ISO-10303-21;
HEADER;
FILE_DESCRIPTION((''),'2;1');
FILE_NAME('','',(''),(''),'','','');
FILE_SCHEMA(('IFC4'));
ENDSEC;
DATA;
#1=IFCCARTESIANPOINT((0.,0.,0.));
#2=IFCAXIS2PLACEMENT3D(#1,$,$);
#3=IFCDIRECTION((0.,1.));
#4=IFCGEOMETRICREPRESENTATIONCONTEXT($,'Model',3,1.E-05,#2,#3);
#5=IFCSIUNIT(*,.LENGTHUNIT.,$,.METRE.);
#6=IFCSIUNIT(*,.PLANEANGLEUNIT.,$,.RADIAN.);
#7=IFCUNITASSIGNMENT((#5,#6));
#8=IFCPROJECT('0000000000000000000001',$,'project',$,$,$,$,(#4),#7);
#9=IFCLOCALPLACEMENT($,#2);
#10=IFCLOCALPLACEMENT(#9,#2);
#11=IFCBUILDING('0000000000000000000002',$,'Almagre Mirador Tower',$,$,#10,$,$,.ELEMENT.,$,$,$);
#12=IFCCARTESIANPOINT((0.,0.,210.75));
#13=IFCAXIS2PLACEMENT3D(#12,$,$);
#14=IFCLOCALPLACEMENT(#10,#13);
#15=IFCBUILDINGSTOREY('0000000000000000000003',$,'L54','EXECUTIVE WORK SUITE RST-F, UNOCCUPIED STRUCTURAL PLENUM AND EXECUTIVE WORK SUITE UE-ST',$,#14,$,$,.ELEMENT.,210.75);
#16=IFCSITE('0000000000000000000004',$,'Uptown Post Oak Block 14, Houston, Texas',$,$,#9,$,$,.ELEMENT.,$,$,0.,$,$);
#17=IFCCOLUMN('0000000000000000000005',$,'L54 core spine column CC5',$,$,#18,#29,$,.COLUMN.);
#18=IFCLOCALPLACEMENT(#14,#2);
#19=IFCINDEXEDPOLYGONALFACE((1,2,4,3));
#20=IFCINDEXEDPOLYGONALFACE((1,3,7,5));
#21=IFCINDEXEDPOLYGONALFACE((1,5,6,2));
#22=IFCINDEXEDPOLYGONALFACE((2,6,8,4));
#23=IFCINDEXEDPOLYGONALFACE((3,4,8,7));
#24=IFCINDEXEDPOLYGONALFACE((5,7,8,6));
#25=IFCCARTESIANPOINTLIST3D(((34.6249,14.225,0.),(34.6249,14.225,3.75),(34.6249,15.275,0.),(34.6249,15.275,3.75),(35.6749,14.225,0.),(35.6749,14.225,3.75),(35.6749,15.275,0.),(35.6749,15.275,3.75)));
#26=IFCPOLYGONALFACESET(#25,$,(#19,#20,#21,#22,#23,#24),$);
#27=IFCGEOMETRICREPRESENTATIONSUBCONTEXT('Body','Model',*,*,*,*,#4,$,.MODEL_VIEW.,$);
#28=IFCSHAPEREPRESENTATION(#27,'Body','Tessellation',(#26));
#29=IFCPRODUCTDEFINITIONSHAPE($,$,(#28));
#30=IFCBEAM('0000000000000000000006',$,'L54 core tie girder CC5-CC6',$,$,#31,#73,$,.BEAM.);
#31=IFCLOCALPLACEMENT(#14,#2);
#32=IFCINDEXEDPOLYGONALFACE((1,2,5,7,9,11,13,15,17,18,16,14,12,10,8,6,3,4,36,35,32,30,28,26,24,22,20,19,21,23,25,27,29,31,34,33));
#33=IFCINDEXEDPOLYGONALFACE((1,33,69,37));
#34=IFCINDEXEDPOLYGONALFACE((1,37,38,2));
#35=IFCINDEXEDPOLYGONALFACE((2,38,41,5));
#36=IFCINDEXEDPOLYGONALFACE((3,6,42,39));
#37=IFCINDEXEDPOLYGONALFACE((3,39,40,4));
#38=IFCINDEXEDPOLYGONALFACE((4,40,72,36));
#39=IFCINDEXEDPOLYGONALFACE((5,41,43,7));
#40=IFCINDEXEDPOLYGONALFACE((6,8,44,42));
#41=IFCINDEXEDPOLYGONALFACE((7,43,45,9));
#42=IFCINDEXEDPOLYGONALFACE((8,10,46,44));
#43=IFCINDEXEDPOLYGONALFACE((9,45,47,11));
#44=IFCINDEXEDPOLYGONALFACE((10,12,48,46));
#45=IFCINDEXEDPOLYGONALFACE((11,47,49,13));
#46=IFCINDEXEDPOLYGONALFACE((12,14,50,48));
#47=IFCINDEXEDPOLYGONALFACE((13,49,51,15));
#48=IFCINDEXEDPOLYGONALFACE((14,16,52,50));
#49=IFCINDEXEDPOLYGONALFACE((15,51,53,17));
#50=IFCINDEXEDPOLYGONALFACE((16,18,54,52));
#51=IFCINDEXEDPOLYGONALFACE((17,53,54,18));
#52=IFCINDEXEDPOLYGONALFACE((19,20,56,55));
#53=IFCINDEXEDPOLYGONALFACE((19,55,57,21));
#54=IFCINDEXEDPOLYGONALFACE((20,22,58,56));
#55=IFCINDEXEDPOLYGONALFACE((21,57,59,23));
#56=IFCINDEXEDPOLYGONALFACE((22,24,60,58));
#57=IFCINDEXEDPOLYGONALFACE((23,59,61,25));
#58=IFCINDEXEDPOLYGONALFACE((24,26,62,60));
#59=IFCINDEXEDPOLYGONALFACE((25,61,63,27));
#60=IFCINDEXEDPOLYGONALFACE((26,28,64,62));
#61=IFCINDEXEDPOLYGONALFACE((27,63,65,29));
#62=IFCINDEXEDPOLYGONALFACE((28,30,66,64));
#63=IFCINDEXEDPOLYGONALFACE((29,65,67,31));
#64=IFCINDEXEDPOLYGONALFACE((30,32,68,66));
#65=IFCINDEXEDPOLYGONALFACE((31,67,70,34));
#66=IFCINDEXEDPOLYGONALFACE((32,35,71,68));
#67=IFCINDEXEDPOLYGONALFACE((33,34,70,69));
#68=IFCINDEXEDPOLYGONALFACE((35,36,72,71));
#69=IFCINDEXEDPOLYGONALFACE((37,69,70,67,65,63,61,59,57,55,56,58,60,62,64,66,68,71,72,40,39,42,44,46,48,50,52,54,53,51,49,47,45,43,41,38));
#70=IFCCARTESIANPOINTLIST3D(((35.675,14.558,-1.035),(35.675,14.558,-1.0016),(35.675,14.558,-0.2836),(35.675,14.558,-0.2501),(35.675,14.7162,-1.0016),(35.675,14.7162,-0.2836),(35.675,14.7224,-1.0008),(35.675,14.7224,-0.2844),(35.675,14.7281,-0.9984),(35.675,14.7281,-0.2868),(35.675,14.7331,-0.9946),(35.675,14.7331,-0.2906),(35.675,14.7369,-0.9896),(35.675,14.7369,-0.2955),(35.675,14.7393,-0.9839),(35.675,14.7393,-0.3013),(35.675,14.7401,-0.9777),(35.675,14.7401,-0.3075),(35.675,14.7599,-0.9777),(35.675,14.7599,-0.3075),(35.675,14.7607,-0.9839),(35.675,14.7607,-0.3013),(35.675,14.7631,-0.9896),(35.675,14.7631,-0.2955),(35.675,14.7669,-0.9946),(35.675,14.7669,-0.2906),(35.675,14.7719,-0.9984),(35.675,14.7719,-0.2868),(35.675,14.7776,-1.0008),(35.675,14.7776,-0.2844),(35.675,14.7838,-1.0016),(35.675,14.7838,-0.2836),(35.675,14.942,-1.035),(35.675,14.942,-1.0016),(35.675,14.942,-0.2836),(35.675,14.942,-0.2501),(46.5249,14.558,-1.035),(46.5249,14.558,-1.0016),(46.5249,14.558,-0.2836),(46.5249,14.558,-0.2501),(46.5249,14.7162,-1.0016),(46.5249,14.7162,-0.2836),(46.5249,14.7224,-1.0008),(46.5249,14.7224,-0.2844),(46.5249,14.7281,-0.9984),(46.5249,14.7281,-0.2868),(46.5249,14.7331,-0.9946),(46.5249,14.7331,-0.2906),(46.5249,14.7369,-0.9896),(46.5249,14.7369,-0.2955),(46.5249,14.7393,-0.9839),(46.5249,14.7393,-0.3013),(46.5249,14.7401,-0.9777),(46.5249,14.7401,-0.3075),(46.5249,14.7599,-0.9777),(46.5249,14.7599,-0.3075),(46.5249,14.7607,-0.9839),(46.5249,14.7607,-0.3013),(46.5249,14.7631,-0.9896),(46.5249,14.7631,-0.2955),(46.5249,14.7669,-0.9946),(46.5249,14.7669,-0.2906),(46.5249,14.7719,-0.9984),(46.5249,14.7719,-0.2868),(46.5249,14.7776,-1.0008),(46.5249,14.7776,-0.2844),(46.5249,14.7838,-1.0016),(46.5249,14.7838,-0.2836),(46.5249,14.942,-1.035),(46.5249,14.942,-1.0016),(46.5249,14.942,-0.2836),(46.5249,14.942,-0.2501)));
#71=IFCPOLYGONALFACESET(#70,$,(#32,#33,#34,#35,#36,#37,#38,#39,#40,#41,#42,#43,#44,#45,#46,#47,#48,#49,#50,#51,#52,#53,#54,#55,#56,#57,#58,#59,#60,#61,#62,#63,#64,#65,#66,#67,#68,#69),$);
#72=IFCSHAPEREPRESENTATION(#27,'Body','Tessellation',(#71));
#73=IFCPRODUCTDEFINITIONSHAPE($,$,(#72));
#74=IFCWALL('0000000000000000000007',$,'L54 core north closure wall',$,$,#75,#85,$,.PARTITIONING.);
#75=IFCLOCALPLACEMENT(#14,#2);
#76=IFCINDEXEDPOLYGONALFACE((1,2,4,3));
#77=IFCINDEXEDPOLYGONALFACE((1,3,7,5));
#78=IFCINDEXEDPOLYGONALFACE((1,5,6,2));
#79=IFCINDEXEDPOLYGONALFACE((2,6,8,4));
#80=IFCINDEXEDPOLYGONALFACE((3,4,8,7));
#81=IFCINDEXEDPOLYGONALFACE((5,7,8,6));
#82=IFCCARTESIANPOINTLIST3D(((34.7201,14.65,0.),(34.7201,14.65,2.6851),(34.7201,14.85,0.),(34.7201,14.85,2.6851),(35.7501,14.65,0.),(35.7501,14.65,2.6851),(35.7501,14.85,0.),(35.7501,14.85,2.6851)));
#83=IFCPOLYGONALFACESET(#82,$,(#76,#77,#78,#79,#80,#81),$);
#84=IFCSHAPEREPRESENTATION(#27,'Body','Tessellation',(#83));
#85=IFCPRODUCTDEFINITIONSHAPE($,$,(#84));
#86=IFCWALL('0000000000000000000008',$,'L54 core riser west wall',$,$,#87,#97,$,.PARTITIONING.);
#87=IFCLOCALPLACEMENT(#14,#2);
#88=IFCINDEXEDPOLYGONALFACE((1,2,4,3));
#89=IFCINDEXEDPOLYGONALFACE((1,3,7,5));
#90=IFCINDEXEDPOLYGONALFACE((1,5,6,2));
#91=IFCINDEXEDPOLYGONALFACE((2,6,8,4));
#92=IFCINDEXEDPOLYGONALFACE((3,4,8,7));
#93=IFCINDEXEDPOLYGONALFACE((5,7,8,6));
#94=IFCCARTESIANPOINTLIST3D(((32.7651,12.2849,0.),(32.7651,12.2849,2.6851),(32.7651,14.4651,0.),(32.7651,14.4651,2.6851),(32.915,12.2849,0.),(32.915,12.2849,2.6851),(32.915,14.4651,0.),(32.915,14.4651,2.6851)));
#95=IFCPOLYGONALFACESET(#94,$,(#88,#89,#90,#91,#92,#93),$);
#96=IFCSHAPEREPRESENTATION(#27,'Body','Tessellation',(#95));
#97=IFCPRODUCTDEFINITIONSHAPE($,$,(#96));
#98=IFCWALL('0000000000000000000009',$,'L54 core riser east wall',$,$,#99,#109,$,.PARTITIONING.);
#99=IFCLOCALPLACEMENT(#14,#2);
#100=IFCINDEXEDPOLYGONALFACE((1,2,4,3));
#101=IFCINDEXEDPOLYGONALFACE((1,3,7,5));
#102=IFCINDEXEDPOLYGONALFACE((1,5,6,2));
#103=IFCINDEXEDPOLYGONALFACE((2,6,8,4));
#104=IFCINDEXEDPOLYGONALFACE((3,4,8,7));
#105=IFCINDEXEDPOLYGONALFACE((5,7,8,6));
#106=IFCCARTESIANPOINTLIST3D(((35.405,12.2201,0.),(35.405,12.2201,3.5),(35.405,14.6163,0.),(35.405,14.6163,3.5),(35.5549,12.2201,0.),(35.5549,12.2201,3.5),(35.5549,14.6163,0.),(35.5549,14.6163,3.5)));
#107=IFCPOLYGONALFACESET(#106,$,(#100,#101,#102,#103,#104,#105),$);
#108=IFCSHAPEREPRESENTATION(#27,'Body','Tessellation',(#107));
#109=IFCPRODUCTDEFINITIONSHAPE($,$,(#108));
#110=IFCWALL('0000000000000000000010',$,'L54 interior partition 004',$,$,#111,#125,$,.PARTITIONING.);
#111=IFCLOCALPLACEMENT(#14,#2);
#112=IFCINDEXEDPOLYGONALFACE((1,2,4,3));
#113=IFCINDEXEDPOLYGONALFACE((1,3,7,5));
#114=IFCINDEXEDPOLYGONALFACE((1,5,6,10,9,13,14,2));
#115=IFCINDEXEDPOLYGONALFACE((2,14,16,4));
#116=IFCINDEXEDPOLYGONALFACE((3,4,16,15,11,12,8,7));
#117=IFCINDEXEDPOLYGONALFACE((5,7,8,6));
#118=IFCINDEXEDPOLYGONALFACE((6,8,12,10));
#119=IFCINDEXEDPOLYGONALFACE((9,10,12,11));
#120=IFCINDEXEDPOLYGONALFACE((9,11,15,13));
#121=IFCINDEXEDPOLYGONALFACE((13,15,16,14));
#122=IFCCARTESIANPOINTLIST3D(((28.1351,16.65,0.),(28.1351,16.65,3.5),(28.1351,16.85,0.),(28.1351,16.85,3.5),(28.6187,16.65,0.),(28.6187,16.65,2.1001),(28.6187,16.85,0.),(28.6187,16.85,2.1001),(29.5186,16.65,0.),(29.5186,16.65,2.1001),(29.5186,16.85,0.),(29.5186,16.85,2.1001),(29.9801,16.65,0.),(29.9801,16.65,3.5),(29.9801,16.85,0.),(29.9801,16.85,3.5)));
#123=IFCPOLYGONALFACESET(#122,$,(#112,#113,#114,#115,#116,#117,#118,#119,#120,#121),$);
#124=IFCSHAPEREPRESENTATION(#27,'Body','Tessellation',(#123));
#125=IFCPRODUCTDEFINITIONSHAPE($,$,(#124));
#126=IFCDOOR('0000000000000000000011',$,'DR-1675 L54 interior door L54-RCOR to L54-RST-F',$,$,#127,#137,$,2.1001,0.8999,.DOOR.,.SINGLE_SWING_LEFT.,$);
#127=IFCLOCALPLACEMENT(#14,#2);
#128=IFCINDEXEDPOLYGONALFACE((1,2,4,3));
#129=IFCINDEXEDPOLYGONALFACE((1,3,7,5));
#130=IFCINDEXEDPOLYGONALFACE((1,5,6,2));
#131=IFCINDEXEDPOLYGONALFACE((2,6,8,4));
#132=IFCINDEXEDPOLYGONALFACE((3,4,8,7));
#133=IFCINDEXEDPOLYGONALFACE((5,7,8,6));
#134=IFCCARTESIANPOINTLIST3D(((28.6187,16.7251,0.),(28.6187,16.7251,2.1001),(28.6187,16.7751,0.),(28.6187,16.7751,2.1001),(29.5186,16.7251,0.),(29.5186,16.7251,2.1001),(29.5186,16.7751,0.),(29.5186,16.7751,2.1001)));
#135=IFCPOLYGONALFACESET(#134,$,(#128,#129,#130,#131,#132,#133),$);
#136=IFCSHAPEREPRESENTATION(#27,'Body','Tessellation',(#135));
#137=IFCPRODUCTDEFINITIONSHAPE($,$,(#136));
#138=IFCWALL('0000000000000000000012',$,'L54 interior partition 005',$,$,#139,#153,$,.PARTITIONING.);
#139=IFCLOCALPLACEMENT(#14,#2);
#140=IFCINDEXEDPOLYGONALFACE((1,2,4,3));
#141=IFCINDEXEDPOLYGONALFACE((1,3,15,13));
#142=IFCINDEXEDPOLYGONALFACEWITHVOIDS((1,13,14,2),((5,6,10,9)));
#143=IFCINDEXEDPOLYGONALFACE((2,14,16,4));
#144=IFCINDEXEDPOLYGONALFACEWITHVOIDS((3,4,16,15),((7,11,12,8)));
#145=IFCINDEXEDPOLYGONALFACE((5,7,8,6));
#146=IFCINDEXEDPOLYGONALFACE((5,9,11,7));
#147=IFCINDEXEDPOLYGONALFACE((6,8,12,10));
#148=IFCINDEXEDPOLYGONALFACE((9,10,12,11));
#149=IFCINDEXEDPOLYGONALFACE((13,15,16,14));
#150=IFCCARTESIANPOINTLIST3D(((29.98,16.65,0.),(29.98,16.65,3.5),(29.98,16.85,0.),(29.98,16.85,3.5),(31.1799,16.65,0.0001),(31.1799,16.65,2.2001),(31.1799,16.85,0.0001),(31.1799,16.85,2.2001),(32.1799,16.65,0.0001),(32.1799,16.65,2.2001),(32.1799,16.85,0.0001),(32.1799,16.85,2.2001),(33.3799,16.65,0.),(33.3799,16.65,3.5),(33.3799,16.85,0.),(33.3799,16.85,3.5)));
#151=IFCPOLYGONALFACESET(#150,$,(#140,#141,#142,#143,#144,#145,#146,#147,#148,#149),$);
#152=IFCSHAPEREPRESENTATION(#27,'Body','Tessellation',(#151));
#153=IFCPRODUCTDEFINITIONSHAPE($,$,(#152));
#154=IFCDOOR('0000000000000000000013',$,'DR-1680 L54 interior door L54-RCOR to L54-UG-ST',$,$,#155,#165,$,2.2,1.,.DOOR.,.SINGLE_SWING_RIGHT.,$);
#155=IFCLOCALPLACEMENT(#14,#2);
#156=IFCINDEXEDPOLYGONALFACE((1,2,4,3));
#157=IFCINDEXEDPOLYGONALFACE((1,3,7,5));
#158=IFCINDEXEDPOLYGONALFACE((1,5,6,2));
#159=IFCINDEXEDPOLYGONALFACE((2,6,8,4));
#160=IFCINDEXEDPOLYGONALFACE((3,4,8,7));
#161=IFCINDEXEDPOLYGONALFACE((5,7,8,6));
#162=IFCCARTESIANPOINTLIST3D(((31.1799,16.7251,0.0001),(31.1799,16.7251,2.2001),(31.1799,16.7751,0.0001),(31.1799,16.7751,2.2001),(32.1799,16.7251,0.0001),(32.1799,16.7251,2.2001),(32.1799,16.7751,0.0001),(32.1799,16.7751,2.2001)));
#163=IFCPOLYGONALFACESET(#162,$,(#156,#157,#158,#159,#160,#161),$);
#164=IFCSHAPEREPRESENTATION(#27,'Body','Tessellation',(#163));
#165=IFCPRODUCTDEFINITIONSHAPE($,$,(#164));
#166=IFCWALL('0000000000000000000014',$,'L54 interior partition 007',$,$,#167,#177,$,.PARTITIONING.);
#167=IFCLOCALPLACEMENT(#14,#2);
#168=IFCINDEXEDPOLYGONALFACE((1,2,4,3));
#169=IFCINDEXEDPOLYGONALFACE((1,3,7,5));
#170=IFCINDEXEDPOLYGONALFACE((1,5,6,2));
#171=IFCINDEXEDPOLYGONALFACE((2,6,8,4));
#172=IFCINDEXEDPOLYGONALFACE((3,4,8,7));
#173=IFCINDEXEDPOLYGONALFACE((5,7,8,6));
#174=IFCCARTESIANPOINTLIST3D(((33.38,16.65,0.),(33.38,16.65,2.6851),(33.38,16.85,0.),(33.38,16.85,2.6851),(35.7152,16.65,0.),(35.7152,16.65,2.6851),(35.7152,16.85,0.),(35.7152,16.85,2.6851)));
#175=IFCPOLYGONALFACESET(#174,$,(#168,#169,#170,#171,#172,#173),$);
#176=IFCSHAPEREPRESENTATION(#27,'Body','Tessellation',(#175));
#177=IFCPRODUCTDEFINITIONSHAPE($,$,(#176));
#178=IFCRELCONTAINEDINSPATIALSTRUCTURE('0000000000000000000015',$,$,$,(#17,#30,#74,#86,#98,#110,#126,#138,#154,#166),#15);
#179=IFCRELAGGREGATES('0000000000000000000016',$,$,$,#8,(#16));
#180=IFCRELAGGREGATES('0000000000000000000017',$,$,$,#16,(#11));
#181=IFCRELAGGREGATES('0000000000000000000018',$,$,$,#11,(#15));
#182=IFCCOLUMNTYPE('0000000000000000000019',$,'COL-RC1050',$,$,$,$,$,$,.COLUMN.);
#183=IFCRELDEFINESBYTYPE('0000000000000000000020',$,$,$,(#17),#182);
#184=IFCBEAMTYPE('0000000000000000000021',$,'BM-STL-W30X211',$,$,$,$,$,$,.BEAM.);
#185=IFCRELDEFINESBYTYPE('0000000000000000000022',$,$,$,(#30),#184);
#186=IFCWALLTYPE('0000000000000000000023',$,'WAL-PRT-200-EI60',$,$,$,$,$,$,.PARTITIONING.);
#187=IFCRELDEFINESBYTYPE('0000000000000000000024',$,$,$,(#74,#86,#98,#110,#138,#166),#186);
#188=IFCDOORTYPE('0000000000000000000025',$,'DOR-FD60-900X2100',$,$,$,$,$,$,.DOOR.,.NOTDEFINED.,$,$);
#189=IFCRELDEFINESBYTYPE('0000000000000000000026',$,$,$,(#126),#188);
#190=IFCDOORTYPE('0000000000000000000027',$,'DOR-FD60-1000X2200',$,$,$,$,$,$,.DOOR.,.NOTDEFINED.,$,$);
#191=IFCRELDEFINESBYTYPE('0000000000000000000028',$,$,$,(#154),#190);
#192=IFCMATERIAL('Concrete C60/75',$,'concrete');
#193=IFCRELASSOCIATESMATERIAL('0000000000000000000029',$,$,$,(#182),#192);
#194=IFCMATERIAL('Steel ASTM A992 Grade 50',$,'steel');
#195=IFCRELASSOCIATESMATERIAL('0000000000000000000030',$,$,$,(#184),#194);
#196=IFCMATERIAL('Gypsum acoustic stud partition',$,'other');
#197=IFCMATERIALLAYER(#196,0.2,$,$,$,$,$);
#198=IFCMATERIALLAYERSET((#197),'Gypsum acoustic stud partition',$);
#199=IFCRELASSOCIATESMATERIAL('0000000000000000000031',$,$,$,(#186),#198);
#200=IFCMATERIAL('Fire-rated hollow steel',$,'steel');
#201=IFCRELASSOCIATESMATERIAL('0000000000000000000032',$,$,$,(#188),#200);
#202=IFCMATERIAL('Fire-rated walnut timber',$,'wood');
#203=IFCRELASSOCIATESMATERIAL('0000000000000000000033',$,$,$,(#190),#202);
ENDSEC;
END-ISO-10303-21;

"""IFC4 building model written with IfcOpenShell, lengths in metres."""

from ifc_helpers import new_model, si_unit, direction, frame, frame_2d, origin, origin_2d, place, context, subcontext, project, spatial, rectangle, i_section, extrude, material, layer, layer_set, material_profile, profile_set, type_object, element, fill, save


model = new_model("IFC4")

# Units and contexts
model_context = context("Model", 3, precision=1e-05, world=origin(), true_north=direction((0.0, 1.0)))
body_context = subcontext(model_context, "Body", "Model", "MODEL_VIEW")
ifc_project = project(units=[si_unit("LENGTHUNIT", "METRE"), si_unit("PLANEANGLEUNIT", "RADIAN")], contexts=[model_context])

# Site, building, storey
site_placement = place(None, origin())
site = spatial("IfcSite", under=ifc_project, at=site_placement, Name="Uptown Post Oak Block 14, Houston, Texas", CompositionType="ELEMENT", RefElevation=0.0)
building_placement = place(site_placement, origin())
building = spatial("IfcBuilding", under=site, at=building_placement, Name="Almagre Mirador Tower", CompositionType="ELEMENT")
storey_placement = place(building_placement, frame((0.0, 0.0, 210.75)))
storey = spatial("IfcBuildingStorey", under=building, at=storey_placement, Name="L54", Description="EXECUTIVE WORK SUITE RST-F, UNOCCUPIED STRUCTURAL PLENUM AND EXECUTIVE WORK SUITE UE-ST", CompositionType="ELEMENT", Elevation=210.75)

# Column
ifc_material_1 = material(Name="Concrete C60/75", Category="concrete")
ifc_material_profile_1 = material_profile(ifc_material_1, rectangle(XDim=1.05, YDim=1.05, at=origin_2d()), Name="RC1050X1050")
ifc_profile_set_1 = profile_set([ifc_material_profile_1], Name="Concrete C60/75")
column_type = type_object("IfcColumnType", Name="COL-RC1050", PredefinedType="COLUMN", material=ifc_profile_set_1)
column_placement = place(storey_placement, frame((35.1499, 14.75, 0.0), z_axis=(0.0, 0.0, 1.0), x_axis=(1.0, 0.0, 0.0)))
element("IfcColumn", 1, at=column_placement, inside=storey, type_object=column_type, Name="L54 core spine column CC5", PredefinedType="COLUMN", context=body_context, shape_type="SweptSolid", body=[
    extrude(rectangle(XDim=1.05, YDim=1.05, at=origin_2d()), origin(), (0.0, 0.0, 1.0), 3.75),
])

# Beam
ifc_material_2 = material(Name="Steel ASTM A992 Grade 50", Category="steel")
ifc_material_profile_2 = material_profile(ifc_material_2, i_section(OverallWidth=0.384, OverallDepth=0.7849, WebThickness=0.0198, FlangeThickness=0.0334, FilletRadius=0.0239, at=origin_2d()), Name="W30X211")
ifc_profile_set_2 = profile_set([ifc_material_profile_2], Name="Steel ASTM A992 Grade 50")
beam_type = type_object("IfcBeamType", Name="BM-STL-W30X211", PredefinedType="BEAM", material=ifc_profile_set_2)
beam_placement = place(storey_placement, frame((35.675, 14.75, -0.6426), z_axis=(1.0, 0.0, 0.0), x_axis=(0.0, 1.0, 0.0)))
element("IfcBeam", 2, at=beam_placement, inside=storey, type_object=beam_type, Name="L54 core tie girder CC5-CC6", PredefinedType="BEAM", context=body_context, shape_type="SweptSolid", body=[
    extrude(i_section(OverallWidth=0.384, OverallDepth=0.7849, WebThickness=0.0198, FlangeThickness=0.0334, FilletRadius=0.0239, at=origin_2d()), origin(), (0.0, 0.0, 1.0), 10.8499),
])

# Wall
ifc_material_3 = material(Name="Gypsum acoustic stud partition", Category="other")
ifc_layer_1 = layer(ifc_material_3, 0.2)
ifc_layer_set_1 = layer_set([ifc_layer_1], Name="Gypsum acoustic stud partition")
wall_type_1 = type_object("IfcWallType", Name="WAL-PRT-200-EI60", PredefinedType="PARTITIONING", material=ifc_layer_set_1)
wall_1_placement = place(storey_placement, frame((34.72, 14.75, 0.0), z_axis=(0.0, 0.0, 1.0), x_axis=(1.0, 0.0, 0.0)))
element("IfcWall", 3, at=wall_1_placement, inside=storey, type_object=wall_type_1, Name="L54 core north closure wall", PredefinedType="PARTITIONING", context=body_context, shape_type="SweptSolid", body=[
    extrude(rectangle(XDim=1.03, YDim=0.2, at=frame_2d((0.5151, 0.0))), origin(), (0.0, 0.0, 1.0), 2.6851),
])

# Walls
wall_2_placement = place(storey_placement, frame((32.8401, 12.2849, 0.0), z_axis=(0.0, 0.0, 1.0), x_axis=(0.0, 1.0, 0.0)))
element("IfcWall", 4, at=wall_2_placement, inside=storey, type_object=wall_type_1, Name="L54 core riser west wall", PredefinedType="PARTITIONING", context=body_context, shape_type="SweptSolid", body=[
    extrude(rectangle(XDim=2.1802, YDim=0.1499, at=frame_2d((1.0901, 0.0))), origin(), (0.0, 0.0, 1.0), 2.6851),
])
wall_3_placement = place(storey_placement, frame((35.48, 12.22, 0.0), z_axis=(0.0, 0.0, 1.0), x_axis=(0.0, 1.0, 0.0)))
element("IfcWall", 5, at=wall_3_placement, inside=storey, type_object=wall_type_1, Name="L54 core riser east wall", PredefinedType="PARTITIONING", context=body_context, shape_type="SweptSolid", body=[
    extrude(rectangle(XDim=2.3962, YDim=0.1499, at=frame_2d((1.1982, 0.0))), origin(), (0.0, 0.0, 1.0), 3.5),
])

# Walls, openings, doors
wall_4_placement = place(storey_placement, frame((29.98, 16.75, 0.0), z_axis=(0.0, 0.0, 1.0), x_axis=(-1.0, 0.0, 0.0)))
wall_4 = element("IfcWall", 6, at=wall_4_placement, inside=storey, type_object=wall_type_1, Name="L54 interior partition 004", PredefinedType="PARTITIONING", context=body_context, shape_type="SweptSolid", body=[
    extrude(rectangle(XDim=1.845, YDim=0.2, at=frame_2d((0.9224, 0.0))), origin(), (0.0, 0.0, 1.0), 3.5),
])
opening_1_placement = place(wall_4_placement, frame((0.4614, 0.0, 0.0)))
opening_1 = element("IfcOpeningElement", 7, at=opening_1_placement, cuts=wall_4, PredefinedType="OPENING", context=body_context, shape_type="SweptSolid", body=[
    extrude(rectangle(XDim=0.8999, YDim=2.1001, at=frame_2d((0.45, 1.05))), frame((0.0, 0.1101, 0.0), z_axis=(0.0, -1.0, 0.0), x_axis=(1.0, 0.0, 0.0)), (0.0, 0.0, 1.0), 0.22),
])
ifc_material_4 = material(Name="Fire-rated hollow steel", Category="steel")
door_type_1 = type_object("IfcDoorType", Name="DOR-FD60-900X2100", OperationType="NOTDEFINED", PredefinedType="DOOR", material=ifc_material_4)
door_1_placement = place(opening_1_placement, origin())
door_1 = element("IfcDoor", 8, at=door_1_placement, inside=storey, type_object=door_type_1, Name="DR-1675 L54 interior door L54-RCOR to L54-RST-F", OperationType="SINGLE_SWING_LEFT", OverallHeight=2.1001, OverallWidth=0.8999, PredefinedType="DOOR", context=body_context, shape_type="SweptSolid", body=[
    extrude(rectangle(XDim=0.8999, YDim=2.1001, at=frame_2d((0.45, 1.05))), frame((0.0, 0.0249, 0.0), z_axis=(0.0, -1.0, 0.0), x_axis=(1.0, 0.0, 0.0)), (0.0, 0.0, 1.0), 0.05),
])
fill(opening_1, door_1)
wall_5_placement = place(storey_placement, frame((33.3799, 16.75, 0.0), z_axis=(0.0, 0.0, 1.0), x_axis=(-1.0, 0.0, 0.0)))
wall_5 = element("IfcWall", 9, at=wall_5_placement, inside=storey, type_object=wall_type_1, Name="L54 interior partition 005", PredefinedType="PARTITIONING", context=body_context, shape_type="SweptSolid", body=[
    extrude(rectangle(XDim=3.3999, YDim=0.2, at=frame_2d((1.7, 0.0))), origin(), (0.0, 0.0, 1.0), 3.5),
])
opening_2_placement = place(wall_5_placement, frame((1.2, 0.0, 0.0)))
opening_2 = element("IfcOpeningElement", 10, at=opening_2_placement, cuts=wall_5, PredefinedType="OPENING", context=body_context, shape_type="SweptSolid", body=[
    extrude(rectangle(XDim=1.0, YDim=2.2, at=frame_2d((0.5, 1.1001))), frame((0.0, 0.1101, 0.0), z_axis=(0.0, -1.0, 0.0), x_axis=(1.0, 0.0, 0.0)), (0.0, 0.0, 1.0), 0.22),
])
ifc_material_5 = material(Name="Fire-rated walnut timber", Category="wood")
door_type_2 = type_object("IfcDoorType", Name="DOR-FD60-1000X2200", OperationType="NOTDEFINED", PredefinedType="DOOR", material=ifc_material_5)
door_2_placement = place(opening_2_placement, origin())
door_2 = element("IfcDoor", 11, at=door_2_placement, inside=storey, type_object=door_type_2, Name="DR-1680 L54 interior door L54-RCOR to L54-UG-ST", OperationType="SINGLE_SWING_RIGHT", OverallHeight=2.2, OverallWidth=1.0, PredefinedType="DOOR", context=body_context, shape_type="SweptSolid", body=[
    extrude(rectangle(XDim=1.0, YDim=2.2, at=frame_2d((0.5, 1.1001))), frame((0.0, 0.0249, 0.0), z_axis=(0.0, -1.0, 0.0), x_axis=(1.0, 0.0, 0.0)), (0.0, 0.0, 1.0), 0.05),
])
fill(opening_2, door_2)

# Wall
wall_6_placement = place(storey_placement, frame((35.7151, 16.75, 0.0), z_axis=(0.0, 0.0, 1.0), x_axis=(-1.0, 0.0, 0.0)))
element("IfcWall", 12, at=wall_6_placement, inside=storey, type_object=wall_type_1, Name="L54 interior partition 007", PredefinedType="PARTITIONING", context=body_context, shape_type="SweptSolid", body=[
    extrude(rectangle(XDim=2.3352, YDim=0.2, at=frame_2d((1.1675, 0.0))), origin(), (0.0, 0.0, 1.0), 2.6851),
])

save(model, "model.ifc")
